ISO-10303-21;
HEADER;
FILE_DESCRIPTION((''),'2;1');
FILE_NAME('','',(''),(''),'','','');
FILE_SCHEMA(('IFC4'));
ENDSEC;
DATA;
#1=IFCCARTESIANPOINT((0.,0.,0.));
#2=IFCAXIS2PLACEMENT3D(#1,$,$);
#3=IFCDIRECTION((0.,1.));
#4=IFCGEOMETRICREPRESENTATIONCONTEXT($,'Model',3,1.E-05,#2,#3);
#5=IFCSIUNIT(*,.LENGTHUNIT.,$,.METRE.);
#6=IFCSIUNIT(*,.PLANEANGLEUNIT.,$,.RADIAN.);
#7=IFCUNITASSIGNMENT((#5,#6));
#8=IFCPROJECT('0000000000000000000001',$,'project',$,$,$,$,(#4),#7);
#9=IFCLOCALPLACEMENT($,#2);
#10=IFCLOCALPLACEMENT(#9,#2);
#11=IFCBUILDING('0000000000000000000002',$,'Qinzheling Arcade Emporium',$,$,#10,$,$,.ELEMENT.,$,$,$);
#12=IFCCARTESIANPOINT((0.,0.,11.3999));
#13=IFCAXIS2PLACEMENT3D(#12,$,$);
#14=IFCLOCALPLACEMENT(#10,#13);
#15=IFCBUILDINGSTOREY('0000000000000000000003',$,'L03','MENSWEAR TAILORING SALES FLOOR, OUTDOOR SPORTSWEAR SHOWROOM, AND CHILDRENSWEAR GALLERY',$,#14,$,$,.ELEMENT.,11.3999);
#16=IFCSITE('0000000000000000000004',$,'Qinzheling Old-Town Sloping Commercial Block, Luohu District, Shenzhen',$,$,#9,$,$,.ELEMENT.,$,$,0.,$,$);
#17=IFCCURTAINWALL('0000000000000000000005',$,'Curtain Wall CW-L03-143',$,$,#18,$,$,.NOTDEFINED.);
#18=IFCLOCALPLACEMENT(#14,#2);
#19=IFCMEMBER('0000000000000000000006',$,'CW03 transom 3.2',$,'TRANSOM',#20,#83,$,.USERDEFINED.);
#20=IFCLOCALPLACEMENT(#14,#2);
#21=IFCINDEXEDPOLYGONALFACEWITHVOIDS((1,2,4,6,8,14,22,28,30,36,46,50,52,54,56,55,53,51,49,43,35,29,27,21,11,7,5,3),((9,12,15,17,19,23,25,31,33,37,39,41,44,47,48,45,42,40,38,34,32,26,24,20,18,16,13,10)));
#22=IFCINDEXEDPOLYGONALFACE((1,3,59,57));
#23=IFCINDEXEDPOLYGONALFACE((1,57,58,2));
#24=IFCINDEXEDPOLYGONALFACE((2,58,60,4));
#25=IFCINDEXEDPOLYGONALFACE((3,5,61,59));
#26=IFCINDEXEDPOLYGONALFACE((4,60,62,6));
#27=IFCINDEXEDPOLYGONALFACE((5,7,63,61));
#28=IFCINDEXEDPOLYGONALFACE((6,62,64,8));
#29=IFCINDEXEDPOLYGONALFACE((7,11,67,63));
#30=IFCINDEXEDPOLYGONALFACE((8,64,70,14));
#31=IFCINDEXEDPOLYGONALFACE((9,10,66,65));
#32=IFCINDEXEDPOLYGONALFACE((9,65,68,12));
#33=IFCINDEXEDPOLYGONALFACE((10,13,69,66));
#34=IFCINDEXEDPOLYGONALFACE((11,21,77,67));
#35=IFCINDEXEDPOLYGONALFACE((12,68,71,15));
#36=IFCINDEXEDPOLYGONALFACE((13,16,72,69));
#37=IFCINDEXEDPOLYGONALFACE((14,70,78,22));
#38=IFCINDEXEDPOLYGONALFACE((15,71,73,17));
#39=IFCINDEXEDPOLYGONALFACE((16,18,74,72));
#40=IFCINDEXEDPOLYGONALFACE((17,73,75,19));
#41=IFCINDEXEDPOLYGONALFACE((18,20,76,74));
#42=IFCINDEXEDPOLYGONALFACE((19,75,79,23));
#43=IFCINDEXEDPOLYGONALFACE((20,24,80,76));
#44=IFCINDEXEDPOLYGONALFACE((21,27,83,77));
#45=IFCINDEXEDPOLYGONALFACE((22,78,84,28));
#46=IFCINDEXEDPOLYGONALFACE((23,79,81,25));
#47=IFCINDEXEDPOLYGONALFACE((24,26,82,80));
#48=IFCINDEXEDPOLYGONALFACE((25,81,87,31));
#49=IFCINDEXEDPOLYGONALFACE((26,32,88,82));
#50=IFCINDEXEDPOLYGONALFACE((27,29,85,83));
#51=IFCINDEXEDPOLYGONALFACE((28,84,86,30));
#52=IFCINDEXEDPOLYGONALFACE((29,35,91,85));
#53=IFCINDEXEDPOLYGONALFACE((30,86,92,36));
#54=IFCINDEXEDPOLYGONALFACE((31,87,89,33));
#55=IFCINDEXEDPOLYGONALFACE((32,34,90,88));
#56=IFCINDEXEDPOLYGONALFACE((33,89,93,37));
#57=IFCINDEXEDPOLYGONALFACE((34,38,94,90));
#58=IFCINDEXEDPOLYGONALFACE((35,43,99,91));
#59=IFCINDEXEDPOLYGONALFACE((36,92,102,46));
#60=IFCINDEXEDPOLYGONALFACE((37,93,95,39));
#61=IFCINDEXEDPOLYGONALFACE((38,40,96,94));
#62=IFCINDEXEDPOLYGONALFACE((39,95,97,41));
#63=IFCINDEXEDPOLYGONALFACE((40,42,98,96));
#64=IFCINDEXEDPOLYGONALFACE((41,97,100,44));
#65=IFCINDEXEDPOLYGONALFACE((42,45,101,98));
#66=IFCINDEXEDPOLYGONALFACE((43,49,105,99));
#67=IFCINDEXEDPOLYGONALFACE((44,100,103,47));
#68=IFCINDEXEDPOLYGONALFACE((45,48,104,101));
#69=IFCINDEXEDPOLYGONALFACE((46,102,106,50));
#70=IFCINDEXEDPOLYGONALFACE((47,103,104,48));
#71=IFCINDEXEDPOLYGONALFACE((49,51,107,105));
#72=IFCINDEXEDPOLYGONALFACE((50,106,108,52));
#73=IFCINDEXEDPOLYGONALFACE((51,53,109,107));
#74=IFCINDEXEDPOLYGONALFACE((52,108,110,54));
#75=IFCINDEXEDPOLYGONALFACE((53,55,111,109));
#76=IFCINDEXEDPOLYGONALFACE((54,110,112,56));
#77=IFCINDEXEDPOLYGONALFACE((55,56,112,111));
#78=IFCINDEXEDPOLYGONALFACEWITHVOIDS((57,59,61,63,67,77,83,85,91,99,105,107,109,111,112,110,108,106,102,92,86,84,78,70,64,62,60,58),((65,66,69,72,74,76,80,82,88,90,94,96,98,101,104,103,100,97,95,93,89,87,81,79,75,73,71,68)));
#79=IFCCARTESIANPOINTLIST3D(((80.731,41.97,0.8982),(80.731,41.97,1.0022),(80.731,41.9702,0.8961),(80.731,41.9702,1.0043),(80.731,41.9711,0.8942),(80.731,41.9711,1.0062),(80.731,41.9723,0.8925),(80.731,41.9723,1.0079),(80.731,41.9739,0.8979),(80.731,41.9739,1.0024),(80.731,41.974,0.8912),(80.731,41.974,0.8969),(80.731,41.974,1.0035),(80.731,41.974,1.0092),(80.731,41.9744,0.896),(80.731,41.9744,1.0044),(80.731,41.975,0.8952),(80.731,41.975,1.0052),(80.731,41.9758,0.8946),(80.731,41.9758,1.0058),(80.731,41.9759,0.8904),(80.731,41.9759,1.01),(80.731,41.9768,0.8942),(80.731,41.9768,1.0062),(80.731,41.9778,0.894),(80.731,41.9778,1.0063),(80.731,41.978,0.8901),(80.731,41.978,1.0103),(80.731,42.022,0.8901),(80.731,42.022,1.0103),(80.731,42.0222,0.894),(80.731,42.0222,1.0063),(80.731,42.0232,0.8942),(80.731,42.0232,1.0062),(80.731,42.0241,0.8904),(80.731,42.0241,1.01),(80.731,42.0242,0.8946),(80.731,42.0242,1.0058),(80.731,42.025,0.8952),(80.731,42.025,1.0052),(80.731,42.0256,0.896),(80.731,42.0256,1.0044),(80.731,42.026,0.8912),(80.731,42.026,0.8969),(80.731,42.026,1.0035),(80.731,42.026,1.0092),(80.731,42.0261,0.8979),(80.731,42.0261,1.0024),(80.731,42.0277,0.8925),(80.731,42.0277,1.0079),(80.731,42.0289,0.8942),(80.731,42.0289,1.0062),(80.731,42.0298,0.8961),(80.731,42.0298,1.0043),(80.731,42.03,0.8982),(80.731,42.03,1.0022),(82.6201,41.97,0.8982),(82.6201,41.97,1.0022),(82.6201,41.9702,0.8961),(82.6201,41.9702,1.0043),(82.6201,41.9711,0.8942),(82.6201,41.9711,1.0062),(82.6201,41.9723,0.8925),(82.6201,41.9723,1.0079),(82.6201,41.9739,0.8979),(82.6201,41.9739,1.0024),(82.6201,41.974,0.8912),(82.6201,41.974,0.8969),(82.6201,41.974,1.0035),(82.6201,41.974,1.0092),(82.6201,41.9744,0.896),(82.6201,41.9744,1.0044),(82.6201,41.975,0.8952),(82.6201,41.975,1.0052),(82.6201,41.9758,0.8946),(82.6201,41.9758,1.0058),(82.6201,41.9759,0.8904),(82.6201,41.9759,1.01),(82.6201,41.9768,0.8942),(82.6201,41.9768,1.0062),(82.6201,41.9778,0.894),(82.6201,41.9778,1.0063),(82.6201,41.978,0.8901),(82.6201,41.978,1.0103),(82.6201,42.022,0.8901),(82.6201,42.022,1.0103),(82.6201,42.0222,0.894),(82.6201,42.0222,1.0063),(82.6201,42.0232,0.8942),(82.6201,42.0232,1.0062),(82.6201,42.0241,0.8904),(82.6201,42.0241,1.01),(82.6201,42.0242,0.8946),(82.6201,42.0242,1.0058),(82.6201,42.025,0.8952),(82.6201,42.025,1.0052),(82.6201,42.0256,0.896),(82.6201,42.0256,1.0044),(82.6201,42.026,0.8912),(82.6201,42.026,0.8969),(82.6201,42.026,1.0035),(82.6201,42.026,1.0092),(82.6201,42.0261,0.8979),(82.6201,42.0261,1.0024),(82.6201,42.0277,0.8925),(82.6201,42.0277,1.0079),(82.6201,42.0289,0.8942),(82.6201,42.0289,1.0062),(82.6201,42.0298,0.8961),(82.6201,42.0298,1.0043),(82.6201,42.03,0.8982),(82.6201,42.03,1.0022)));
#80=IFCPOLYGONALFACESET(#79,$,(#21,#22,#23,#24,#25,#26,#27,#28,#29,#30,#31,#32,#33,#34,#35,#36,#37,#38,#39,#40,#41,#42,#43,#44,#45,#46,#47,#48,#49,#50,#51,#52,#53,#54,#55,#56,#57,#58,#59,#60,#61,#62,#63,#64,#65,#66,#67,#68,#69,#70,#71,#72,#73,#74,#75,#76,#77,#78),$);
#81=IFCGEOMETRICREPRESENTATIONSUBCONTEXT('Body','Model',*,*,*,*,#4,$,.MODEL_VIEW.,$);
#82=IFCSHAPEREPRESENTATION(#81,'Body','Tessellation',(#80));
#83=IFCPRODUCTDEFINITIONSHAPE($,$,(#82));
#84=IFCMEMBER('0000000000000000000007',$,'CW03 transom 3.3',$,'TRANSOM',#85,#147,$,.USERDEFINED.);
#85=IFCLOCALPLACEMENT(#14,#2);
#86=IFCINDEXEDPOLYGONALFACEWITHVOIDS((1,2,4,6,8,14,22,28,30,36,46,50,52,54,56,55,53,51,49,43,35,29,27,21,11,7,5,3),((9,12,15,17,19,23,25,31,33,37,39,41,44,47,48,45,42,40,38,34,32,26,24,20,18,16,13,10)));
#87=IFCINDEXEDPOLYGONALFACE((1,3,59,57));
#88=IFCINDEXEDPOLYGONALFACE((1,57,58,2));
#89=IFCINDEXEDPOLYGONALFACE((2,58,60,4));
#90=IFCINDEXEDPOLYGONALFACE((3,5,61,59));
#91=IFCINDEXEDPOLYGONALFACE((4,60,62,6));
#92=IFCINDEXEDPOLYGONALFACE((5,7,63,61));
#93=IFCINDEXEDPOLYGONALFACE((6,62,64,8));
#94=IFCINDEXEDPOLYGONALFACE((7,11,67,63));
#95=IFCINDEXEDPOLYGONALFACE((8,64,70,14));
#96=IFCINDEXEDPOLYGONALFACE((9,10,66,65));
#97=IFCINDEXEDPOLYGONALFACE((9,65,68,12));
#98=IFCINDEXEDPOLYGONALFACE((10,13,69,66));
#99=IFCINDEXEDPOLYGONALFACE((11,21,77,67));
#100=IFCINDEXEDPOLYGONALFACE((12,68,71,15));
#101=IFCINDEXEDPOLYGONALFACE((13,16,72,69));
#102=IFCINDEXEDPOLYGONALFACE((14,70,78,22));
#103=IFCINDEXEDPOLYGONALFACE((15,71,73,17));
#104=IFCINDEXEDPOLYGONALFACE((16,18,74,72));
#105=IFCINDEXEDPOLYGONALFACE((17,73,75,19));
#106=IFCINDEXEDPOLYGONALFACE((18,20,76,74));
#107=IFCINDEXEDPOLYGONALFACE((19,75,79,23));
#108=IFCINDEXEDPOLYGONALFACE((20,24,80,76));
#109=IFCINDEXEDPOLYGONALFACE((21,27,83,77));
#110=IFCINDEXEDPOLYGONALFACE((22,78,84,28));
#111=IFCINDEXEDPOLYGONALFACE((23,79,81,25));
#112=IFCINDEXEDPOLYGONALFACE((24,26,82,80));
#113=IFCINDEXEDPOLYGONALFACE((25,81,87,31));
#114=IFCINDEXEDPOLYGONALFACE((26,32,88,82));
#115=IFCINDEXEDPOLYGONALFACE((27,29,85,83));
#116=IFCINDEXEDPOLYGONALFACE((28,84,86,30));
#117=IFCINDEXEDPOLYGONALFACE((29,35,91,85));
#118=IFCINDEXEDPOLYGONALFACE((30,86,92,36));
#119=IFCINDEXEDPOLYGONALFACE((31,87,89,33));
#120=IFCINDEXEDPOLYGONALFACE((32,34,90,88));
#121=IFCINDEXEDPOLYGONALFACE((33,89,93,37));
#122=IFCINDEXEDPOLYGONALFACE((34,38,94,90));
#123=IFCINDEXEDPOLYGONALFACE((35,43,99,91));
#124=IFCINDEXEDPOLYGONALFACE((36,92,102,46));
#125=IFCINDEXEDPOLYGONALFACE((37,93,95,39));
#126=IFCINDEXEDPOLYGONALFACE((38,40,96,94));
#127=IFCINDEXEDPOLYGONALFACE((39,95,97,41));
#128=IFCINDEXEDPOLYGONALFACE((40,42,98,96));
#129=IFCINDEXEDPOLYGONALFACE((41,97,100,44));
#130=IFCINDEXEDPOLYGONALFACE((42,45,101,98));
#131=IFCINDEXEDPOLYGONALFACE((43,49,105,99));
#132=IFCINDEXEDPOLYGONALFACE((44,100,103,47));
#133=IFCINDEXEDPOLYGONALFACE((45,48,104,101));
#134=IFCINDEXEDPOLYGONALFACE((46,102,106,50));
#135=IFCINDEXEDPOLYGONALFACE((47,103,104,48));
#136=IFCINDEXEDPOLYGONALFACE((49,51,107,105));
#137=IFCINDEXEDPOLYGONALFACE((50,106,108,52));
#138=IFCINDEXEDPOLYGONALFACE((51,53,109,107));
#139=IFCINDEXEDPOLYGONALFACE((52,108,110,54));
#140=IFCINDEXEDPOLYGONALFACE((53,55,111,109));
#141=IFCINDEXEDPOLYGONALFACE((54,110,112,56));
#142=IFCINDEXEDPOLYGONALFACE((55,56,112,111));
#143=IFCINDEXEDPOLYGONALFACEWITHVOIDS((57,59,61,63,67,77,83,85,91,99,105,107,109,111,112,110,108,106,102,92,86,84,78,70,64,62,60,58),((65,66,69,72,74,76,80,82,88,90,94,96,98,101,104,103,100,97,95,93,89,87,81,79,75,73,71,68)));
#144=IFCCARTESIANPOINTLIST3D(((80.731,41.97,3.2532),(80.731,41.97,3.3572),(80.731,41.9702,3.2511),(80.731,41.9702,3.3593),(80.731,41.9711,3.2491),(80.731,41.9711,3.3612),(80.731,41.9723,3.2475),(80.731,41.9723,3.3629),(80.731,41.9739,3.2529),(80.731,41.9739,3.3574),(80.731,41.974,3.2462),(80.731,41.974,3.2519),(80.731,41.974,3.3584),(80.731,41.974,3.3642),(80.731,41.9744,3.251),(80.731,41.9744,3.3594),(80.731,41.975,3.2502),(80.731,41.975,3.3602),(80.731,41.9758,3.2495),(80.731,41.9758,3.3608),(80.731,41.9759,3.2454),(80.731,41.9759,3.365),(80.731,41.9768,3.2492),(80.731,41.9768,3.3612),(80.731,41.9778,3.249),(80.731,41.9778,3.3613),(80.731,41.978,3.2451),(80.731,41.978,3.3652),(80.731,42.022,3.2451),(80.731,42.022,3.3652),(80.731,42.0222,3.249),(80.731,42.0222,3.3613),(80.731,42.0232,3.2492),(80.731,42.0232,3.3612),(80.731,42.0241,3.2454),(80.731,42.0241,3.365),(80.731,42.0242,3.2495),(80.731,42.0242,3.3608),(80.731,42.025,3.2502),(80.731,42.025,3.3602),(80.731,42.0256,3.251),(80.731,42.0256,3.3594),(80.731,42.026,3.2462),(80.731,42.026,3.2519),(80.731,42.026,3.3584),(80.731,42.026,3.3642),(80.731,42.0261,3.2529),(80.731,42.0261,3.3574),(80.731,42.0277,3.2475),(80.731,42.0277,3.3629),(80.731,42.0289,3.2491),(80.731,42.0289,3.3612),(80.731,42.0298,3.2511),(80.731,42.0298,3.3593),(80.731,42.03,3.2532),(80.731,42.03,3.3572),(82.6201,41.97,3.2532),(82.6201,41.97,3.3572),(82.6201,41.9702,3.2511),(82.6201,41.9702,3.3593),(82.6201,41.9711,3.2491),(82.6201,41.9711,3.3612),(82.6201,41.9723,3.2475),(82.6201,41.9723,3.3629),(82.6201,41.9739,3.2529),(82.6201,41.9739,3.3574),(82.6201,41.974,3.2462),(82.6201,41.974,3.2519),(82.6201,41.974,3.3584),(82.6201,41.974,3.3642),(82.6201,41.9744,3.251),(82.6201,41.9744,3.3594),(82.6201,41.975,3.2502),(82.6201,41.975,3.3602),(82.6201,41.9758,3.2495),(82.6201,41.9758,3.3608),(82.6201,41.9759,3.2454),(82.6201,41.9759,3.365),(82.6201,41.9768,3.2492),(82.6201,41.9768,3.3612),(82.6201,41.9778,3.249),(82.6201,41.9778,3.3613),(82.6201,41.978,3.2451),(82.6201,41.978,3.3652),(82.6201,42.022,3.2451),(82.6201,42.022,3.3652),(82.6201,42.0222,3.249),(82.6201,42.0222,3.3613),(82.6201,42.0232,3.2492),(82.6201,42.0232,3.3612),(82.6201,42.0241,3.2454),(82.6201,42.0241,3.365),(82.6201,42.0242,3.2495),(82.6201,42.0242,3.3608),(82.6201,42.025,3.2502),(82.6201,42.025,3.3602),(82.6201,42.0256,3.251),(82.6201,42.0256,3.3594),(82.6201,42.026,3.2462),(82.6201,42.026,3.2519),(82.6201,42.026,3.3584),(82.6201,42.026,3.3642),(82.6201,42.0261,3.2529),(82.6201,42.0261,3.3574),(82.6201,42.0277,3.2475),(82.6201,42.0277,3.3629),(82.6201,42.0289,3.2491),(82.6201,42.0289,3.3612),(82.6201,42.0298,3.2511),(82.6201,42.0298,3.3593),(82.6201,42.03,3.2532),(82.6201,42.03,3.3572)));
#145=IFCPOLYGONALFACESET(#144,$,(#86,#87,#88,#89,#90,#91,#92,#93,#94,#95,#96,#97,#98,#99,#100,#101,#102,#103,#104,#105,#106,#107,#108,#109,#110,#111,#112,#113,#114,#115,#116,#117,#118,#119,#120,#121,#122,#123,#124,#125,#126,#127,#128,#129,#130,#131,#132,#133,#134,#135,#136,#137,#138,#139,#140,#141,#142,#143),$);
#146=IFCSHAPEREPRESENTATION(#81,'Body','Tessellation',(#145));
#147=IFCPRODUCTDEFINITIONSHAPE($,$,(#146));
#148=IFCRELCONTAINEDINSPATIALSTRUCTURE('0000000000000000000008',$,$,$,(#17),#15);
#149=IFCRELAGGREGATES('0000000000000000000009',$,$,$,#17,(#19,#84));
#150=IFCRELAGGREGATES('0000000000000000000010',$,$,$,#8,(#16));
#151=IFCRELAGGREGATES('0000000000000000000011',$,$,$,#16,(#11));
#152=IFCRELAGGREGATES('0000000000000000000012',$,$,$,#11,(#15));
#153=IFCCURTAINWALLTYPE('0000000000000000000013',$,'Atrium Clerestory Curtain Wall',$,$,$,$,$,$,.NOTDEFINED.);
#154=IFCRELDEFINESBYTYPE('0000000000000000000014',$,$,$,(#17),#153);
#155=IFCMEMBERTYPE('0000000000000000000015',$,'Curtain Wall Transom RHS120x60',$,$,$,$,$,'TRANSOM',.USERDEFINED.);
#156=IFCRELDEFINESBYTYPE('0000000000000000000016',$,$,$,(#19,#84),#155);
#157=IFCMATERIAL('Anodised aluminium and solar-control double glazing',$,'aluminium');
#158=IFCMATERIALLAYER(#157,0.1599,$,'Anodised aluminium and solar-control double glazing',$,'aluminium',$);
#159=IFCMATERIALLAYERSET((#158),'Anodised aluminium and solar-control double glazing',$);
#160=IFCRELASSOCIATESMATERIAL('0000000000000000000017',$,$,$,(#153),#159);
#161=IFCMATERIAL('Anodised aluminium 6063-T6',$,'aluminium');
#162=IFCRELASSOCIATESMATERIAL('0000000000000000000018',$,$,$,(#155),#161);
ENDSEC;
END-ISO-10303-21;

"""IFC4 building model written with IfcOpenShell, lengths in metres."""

from ifc_helpers import new_model, si_unit, direction, frame, origin, origin_2d, place, context, subcontext, project, spatial, hollow_rectangle, extrude, material, layer, layer_set, material_profile, profile_set, type_object, element, aggregate, save


model = new_model("IFC4")

# Units and contexts
model_context = context("Model", 3, precision=1e-05, world=origin(), true_north=direction((0.0, 1.0)))
body_context = subcontext(model_context, "Body", "Model", "MODEL_VIEW")
ifc_project = project(units=[si_unit("LENGTHUNIT", "METRE"), si_unit("PLANEANGLEUNIT", "RADIAN")], contexts=[model_context])

# Site, building, storey
site_placement = place(None, origin())
site = spatial("IfcSite", under=ifc_project, at=site_placement, Name="Qinzheling Old-Town Sloping Commercial Block, Luohu District, Shenzhen", CompositionType="ELEMENT", RefElevation=0.0)
building_placement = place(site_placement, origin())
building = spatial("IfcBuilding", under=site, at=building_placement, Name="Qinzheling Arcade Emporium", CompositionType="ELEMENT")
storey_placement = place(building_placement, frame((0.0, 0.0, 11.3999)))
storey = spatial("IfcBuildingStorey", under=building, at=storey_placement, Name="L03", Description="MENSWEAR TAILORING SALES FLOOR, OUTDOOR SPORTSWEAR SHOWROOM, AND CHILDRENSWEAR GALLERY", CompositionType="ELEMENT", Elevation=11.3999)

# Curtain wall, members
ifc_material_1 = material(Name="Anodised aluminium and solar-control double glazing", Category="aluminium")
ifc_layer_1 = layer(ifc_material_1, 0.1599, Name="Anodised aluminium and solar-control double glazing", Category="aluminium")
ifc_layer_set_1 = layer_set([ifc_layer_1], Name="Anodised aluminium and solar-control double glazing")
curtain_wall_type = type_object("IfcCurtainWallType", Name="Atrium Clerestory Curtain Wall", PredefinedType="NOTDEFINED", material=ifc_layer_set_1)
curtain_wall_placement = place(storey_placement, origin())
curtain_wall = element("IfcCurtainWall", 1, at=curtain_wall_placement, inside=storey, type_object=curtain_wall_type, Name="Curtain Wall CW-L03-143", PredefinedType="NOTDEFINED")
ifc_material_2 = material(Name="Anodised aluminium 6063-T6", Category="aluminium")
ifc_material_profile_1 = material_profile(ifc_material_2, hollow_rectangle(XDim=0.0601, YDim=0.1201, WallThickness=0.0039, InnerFilletRadius=0.0039, OuterFilletRadius=0.0081, at=origin_2d()), Name="RHS 120x60x4", Category="aluminium")
ifc_profile_set_1 = profile_set([ifc_material_profile_1], Name="Anodised aluminium 6063-T6")
member_type_1 = type_object("IfcMemberType", Name="Curtain Wall Transom RHS120x60", ElementType="TRANSOM", PredefinedType="USERDEFINED", material=ifc_profile_set_1)
member_1_placement = place(storey_placement, frame((82.6201, 42.0, 0.9502), z_axis=(-1.0, 0.0, 0.0), x_axis=(0.0, -1.0, 0.0)))
member_1 = element("IfcMember", 2, at=member_1_placement, type_object=member_type_1, Name="CW03 transom 3.2", ObjectType="TRANSOM", PredefinedType="USERDEFINED", context=body_context, shape_type="SweptSolid", body=[
    extrude(hollow_rectangle(XDim=0.0601, YDim=0.1201, WallThickness=0.0039, InnerFilletRadius=0.0039, OuterFilletRadius=0.0081, at=origin_2d()), origin(), (0.0, 0.0, 1.0), 1.8892),
])
member_2_placement = place(storey_placement, frame((82.6201, 42.0, 3.3052), z_axis=(-1.0, 0.0, 0.0), x_axis=(0.0, -1.0, 0.0)))
member_2 = element("IfcMember", 3, at=member_2_placement, type_object=member_type_1, Name="CW03 transom 3.3", ObjectType="TRANSOM", PredefinedType="USERDEFINED", context=body_context, shape_type="SweptSolid", body=[
    extrude(hollow_rectangle(XDim=0.0601, YDim=0.1201, WallThickness=0.0039, InnerFilletRadius=0.0039, OuterFilletRadius=0.0081, at=origin_2d()), origin(), (0.0, 0.0, 1.0), 1.8892),
])
aggregate(curtain_wall, [member_1, member_2])

save(model, "model.ifc")
